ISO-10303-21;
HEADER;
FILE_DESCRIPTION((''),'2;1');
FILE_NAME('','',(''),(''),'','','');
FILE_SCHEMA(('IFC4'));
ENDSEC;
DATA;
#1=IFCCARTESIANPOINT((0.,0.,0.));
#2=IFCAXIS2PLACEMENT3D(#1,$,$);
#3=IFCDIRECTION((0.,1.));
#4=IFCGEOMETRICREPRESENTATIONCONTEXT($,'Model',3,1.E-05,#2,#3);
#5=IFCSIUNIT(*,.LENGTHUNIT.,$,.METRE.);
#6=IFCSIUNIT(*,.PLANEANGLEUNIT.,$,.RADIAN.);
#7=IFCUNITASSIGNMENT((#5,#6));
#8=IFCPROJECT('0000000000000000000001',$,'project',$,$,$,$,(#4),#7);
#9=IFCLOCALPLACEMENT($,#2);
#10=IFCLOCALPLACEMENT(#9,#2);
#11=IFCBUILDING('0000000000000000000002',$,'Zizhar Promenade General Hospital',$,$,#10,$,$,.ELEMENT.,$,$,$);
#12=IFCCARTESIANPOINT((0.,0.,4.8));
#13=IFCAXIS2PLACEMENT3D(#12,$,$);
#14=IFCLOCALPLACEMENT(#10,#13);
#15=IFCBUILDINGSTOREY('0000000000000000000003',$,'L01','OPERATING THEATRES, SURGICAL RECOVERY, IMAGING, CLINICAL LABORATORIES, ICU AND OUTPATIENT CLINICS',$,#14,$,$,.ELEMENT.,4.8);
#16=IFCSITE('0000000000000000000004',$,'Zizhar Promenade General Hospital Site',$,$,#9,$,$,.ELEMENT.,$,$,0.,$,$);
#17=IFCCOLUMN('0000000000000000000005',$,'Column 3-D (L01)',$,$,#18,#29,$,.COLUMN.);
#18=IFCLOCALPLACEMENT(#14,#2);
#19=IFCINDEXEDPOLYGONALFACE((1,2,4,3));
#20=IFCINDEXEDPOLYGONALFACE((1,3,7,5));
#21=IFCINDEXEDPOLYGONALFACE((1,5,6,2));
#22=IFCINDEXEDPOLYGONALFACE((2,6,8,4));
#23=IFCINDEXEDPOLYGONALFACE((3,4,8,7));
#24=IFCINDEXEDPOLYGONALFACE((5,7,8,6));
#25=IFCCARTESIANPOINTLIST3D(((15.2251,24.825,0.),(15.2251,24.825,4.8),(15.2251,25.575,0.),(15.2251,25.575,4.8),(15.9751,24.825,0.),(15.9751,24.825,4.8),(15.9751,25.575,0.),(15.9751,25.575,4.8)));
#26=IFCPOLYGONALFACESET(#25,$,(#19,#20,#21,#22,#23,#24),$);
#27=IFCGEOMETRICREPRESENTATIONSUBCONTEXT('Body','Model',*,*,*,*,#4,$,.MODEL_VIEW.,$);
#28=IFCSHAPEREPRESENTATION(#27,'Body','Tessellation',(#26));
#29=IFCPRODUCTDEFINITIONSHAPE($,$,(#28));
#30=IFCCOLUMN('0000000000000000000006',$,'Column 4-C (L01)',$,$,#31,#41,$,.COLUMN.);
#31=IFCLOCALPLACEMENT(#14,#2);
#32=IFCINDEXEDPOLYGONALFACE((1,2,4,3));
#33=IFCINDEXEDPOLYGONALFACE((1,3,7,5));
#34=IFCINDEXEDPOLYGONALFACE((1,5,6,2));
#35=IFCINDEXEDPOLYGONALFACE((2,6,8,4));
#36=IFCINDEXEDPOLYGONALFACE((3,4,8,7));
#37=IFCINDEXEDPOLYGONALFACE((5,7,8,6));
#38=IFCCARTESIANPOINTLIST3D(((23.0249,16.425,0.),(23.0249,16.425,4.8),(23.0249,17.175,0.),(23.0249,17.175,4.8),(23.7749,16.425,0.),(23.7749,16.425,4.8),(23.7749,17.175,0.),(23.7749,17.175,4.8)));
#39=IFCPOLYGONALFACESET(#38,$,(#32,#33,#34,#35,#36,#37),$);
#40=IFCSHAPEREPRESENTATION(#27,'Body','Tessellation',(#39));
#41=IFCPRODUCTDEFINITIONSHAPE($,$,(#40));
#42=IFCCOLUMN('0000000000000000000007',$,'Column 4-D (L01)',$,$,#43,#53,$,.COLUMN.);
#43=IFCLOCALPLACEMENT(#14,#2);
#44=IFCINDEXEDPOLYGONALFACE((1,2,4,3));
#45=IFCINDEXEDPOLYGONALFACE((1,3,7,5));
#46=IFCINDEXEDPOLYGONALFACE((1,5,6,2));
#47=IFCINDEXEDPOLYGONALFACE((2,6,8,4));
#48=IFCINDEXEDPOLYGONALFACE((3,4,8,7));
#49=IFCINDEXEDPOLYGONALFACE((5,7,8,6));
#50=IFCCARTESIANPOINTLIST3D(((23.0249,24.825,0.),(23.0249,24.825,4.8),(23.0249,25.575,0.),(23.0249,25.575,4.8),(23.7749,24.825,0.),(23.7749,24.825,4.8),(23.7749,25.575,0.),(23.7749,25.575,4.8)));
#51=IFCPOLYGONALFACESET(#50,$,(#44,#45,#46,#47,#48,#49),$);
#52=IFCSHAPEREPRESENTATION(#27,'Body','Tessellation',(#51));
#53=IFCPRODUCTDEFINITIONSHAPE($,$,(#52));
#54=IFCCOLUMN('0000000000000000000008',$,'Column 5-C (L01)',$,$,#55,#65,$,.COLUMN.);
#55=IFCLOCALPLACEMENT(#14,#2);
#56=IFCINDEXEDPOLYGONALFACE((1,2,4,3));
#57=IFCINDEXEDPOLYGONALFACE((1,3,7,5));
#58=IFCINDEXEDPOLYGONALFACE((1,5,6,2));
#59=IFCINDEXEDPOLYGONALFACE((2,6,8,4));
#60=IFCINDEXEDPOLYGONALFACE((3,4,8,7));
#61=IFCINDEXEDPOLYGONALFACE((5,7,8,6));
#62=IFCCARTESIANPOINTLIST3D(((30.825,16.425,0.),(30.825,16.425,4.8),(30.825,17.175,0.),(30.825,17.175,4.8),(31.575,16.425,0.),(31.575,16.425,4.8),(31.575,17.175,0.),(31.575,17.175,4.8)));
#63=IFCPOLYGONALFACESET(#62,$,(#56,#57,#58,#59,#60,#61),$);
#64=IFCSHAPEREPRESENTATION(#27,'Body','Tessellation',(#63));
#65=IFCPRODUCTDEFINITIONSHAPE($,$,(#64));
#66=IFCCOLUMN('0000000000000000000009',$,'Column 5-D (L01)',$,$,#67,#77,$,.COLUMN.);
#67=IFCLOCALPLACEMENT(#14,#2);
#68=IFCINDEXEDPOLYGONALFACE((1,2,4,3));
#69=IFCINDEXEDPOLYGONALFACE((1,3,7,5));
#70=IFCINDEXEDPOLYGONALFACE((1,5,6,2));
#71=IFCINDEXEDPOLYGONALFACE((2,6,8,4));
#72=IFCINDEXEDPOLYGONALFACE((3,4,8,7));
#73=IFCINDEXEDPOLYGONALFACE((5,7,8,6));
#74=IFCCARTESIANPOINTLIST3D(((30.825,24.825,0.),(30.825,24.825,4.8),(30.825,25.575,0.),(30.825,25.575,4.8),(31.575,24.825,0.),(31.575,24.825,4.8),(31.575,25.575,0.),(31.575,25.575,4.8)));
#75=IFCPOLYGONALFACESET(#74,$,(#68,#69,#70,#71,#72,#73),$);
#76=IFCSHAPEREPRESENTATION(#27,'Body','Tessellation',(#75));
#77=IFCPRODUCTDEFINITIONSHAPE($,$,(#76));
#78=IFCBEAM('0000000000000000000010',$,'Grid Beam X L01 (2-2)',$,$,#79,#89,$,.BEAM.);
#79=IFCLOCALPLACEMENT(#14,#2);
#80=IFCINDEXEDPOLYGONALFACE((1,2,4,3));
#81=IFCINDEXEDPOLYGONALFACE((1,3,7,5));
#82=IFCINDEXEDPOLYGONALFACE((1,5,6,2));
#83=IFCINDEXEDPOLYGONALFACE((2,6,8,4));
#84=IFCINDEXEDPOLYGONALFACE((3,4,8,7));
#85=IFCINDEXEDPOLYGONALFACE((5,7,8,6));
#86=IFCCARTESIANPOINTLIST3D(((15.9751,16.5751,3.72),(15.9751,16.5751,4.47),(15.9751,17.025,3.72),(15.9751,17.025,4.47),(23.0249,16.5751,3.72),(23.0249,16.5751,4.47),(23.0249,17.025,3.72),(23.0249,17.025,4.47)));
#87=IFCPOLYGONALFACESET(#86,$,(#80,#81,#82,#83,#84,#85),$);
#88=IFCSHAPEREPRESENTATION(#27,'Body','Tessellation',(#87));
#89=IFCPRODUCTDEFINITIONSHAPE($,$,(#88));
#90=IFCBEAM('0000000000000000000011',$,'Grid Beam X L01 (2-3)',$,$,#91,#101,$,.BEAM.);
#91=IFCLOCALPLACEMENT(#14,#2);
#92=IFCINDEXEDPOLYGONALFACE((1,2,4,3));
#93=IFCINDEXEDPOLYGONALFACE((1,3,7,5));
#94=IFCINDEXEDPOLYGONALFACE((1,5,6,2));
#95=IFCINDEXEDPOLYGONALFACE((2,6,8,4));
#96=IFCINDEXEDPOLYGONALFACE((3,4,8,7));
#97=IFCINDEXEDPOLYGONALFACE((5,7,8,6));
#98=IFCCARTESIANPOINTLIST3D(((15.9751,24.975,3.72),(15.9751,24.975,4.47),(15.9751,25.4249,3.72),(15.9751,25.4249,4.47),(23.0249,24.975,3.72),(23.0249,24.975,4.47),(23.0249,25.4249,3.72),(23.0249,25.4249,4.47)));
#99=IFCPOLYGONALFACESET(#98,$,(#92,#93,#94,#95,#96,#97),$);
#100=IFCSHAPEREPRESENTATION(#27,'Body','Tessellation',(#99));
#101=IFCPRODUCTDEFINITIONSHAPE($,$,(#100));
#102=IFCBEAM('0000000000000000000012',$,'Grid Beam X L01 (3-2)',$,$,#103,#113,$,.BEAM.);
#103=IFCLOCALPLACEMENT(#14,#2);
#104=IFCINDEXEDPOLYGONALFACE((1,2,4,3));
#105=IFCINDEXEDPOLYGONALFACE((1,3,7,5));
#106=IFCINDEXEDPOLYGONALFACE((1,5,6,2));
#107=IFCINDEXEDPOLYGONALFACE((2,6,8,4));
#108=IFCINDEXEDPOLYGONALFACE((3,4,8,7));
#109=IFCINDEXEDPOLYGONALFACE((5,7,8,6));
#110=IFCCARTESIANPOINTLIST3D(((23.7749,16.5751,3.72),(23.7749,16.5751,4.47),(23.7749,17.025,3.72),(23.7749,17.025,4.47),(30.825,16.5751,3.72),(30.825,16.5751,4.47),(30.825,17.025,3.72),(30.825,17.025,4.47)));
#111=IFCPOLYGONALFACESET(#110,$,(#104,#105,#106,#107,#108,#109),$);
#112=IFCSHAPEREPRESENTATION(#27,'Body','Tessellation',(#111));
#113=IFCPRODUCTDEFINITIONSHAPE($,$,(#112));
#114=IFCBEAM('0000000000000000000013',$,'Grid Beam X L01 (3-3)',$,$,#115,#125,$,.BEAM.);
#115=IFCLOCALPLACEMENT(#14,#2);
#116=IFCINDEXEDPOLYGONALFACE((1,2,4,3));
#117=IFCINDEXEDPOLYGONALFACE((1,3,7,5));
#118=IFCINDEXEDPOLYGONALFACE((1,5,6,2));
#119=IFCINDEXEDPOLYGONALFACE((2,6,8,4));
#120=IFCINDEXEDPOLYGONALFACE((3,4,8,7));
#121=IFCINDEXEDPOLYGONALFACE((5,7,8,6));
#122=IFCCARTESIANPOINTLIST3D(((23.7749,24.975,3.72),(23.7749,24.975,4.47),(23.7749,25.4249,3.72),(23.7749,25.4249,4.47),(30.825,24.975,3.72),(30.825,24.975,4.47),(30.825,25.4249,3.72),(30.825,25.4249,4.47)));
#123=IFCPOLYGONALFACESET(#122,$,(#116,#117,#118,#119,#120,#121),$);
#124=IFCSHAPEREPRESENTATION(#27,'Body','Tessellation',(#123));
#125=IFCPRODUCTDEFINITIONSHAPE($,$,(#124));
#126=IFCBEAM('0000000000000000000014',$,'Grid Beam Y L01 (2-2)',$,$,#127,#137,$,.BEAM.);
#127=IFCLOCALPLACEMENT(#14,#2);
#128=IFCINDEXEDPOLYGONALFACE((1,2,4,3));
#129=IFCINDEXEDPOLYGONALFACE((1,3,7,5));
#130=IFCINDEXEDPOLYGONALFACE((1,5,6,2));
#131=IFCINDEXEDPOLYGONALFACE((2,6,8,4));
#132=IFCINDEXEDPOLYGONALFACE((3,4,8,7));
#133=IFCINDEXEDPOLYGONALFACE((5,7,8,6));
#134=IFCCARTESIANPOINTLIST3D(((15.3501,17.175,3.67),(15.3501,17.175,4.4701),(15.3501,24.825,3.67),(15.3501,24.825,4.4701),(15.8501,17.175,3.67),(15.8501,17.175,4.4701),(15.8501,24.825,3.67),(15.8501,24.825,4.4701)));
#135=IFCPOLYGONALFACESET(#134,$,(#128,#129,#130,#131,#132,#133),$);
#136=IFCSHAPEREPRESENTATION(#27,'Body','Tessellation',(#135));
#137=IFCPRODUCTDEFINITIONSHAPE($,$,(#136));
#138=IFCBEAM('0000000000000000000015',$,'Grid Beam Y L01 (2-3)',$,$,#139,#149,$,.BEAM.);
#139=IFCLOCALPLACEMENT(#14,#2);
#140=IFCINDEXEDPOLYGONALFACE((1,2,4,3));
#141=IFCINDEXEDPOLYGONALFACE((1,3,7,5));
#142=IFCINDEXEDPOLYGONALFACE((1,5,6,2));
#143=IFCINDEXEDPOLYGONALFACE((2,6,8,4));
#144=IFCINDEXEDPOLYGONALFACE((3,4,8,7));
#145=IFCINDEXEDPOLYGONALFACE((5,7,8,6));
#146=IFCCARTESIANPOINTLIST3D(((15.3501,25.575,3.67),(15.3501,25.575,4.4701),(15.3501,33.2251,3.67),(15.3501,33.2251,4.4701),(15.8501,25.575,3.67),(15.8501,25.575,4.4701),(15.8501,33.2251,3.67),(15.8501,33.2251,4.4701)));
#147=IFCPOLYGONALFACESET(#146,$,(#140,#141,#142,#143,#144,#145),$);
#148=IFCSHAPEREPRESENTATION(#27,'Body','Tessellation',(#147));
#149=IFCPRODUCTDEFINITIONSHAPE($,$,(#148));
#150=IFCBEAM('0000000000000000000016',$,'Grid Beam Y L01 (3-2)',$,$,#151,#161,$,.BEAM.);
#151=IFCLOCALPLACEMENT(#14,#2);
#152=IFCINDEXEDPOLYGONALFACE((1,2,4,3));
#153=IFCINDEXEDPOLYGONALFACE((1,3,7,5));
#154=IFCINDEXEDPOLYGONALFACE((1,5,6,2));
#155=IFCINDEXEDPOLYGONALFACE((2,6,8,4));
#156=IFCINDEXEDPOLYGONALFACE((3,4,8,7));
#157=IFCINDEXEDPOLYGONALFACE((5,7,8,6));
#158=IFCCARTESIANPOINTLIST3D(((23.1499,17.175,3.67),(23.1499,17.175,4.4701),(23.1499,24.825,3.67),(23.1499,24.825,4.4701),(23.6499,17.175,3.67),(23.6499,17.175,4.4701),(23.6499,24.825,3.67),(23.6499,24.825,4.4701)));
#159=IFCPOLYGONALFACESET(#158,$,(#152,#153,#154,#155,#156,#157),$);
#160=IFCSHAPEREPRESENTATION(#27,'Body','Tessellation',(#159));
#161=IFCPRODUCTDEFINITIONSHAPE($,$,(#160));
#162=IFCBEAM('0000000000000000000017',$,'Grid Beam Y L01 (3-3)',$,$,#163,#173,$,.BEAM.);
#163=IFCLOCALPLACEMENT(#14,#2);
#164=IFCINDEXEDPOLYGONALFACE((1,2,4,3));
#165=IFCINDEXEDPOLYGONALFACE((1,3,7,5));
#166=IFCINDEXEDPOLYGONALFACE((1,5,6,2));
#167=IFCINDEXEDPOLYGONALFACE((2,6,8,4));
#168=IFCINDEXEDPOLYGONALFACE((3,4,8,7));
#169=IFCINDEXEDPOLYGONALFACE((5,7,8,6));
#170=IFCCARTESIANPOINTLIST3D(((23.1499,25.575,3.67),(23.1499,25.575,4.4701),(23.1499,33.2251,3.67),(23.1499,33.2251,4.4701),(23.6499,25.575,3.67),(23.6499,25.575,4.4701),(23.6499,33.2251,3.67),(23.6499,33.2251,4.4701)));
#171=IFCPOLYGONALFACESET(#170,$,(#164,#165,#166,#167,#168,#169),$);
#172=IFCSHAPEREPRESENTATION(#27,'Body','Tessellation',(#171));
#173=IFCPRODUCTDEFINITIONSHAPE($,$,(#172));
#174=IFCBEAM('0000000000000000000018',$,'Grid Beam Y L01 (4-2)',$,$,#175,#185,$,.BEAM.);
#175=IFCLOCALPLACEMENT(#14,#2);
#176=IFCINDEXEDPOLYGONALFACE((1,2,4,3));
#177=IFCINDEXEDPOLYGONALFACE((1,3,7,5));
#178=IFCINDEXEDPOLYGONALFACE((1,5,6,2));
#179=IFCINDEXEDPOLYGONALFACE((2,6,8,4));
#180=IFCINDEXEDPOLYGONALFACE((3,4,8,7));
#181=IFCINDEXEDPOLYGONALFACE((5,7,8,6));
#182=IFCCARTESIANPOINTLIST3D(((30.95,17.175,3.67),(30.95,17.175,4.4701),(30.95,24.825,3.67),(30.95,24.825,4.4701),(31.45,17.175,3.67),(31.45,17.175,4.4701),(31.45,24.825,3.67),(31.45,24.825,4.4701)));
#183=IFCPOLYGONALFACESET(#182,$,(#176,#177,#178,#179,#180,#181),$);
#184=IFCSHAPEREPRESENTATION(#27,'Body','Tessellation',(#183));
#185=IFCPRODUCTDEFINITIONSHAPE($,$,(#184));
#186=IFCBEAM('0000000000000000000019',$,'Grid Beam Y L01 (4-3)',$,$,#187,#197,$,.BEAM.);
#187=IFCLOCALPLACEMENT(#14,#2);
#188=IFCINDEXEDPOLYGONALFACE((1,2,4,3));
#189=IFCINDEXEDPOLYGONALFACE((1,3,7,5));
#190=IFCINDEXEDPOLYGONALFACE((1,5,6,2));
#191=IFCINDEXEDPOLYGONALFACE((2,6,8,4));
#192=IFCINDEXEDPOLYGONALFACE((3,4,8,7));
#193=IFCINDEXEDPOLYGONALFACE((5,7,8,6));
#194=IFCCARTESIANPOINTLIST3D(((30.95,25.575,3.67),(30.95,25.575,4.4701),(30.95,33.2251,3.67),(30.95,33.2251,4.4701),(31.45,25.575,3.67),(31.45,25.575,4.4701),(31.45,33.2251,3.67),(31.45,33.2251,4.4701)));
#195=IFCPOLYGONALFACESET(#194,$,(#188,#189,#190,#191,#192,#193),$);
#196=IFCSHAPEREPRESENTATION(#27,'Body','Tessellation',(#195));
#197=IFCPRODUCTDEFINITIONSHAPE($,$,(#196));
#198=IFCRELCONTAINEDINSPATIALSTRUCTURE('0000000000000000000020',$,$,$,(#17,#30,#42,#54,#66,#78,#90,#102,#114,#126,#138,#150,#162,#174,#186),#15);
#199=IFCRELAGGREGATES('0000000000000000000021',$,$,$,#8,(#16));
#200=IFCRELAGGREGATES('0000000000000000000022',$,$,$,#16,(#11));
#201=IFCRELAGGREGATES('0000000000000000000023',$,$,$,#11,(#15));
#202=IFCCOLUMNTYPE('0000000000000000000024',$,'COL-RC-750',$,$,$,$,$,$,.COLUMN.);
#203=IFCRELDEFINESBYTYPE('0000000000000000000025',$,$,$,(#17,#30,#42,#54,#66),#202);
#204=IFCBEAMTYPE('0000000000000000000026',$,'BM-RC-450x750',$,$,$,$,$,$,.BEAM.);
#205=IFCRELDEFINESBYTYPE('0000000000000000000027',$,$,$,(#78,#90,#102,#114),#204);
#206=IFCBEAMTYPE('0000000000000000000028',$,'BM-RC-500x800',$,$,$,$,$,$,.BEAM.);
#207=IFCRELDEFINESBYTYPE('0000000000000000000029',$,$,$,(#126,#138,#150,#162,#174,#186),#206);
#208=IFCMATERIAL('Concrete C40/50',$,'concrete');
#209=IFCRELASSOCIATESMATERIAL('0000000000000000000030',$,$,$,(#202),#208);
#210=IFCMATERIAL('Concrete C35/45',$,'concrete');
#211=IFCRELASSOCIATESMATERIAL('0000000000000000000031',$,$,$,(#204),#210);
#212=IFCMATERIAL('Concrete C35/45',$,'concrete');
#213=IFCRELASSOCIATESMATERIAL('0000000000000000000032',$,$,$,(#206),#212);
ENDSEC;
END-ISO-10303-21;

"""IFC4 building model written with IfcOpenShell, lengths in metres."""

from ifc_helpers import new_model, si_unit, direction, frame, origin, origin_2d, place, context, subcontext, project, spatial, rectangle, extrude, material, material_profile, profile_set, type_object, element, save


model = new_model("IFC4")

# Units and contexts
model_context = context("Model", 3, precision=1e-05, world=origin(), true_north=direction((0.0, 1.0)))
body_context = subcontext(model_context, "Body", "Model", "MODEL_VIEW")
ifc_project = project(units=[si_unit("LENGTHUNIT", "METRE"), si_unit("PLANEANGLEUNIT", "RADIAN")], contexts=[model_context])

# Site, building, storey
site_placement = place(None, origin())
site = spatial("IfcSite", under=ifc_project, at=site_placement, Name="Zizhar Promenade General Hospital Site", CompositionType="ELEMENT", RefElevation=0.0)
building_placement = place(site_placement, origin())
building = spatial("IfcBuilding", under=site, at=building_placement, Name="Zizhar Promenade General Hospital", CompositionType="ELEMENT")
storey_placement = place(building_placement, frame((0.0, 0.0, 4.8)))
storey = spatial("IfcBuildingStorey", under=building, at=storey_placement, Name="L01", Description="OPERATING THEATRES, SURGICAL RECOVERY, IMAGING, CLINICAL LABORATORIES, ICU AND OUTPATIENT CLINICS", CompositionType="ELEMENT", Elevation=4.8)

# Columns
ifc_material_1 = material(Name="Concrete C40/50", Category="concrete")
ifc_material_profile_1 = material_profile(ifc_material_1, rectangle(XDim=0.75, YDim=0.75, at=origin_2d()))
ifc_profile_set_1 = profile_set([ifc_material_profile_1], Name="Concrete C40/50")
column_type_1 = type_object("IfcColumnType", Name="COL-RC-750", PredefinedType="COLUMN", material=ifc_profile_set_1)
for number, where, z_axis, x_axis, name in (
    (1, (15.6001, 25.2, 0.0), (0.0, 0.0, 1.0), (1.0, 0.0, 0.0), "Column 3-D (L01)"),
    (2, (23.3999, 16.8, 0.0), (0.0, 0.0, 1.0), (1.0, 0.0, 0.0), "Column 4-C (L01)"),
    (3, (23.3999, 25.2, 0.0), (0.0, 0.0, 1.0), (1.0, 0.0, 0.0), "Column 4-D (L01)"),
    (4, (31.2, 16.8, 0.0), (0.0, 0.0, 1.0), (1.0, 0.0, 0.0), "Column 5-C (L01)"),
    (5, (31.2, 25.2, 0.0), (0.0, 0.0, 1.0), (1.0, 0.0, 0.0), "Column 5-D (L01)"),
):
    element("IfcColumn", number, at=place(storey_placement, frame(where, z_axis=z_axis, x_axis=x_axis)), inside=storey, type_object=column_type_1, Name=name, PredefinedType="COLUMN", context=body_context, shape_type="SweptSolid", body=[
        extrude(rectangle(XDim=0.75, YDim=0.75, at=origin_2d()), origin(), (0.0, 0.0, 1.0), 4.8),
    ])

# Beams
ifc_material_2 = material(Name="Concrete C35/45", Category="concrete")
ifc_material_profile_2 = material_profile(ifc_material_2, rectangle(XDim=0.45, YDim=0.75, at=origin_2d()))
ifc_profile_set_2 = profile_set([ifc_material_profile_2], Name="Concrete C35/45")
beam_type_1 = type_object("IfcBeamType", Name="BM-RC-450x750", PredefinedType="BEAM", material=ifc_profile_set_2)
for number, where, z_axis, x_axis, name in (
    (6, (15.9751, 16.8, 4.095), (1.0, 0.0, 0.0), (0.0, 1.0, 0.0), "Grid Beam X L01 (2-2)"),
    (7, (15.9751, 25.2, 4.095), (1.0, 0.0, 0.0), (0.0, 1.0, 0.0), "Grid Beam X L01 (2-3)"),
):
    element("IfcBeam", number, at=place(storey_placement, frame(where, z_axis=z_axis, x_axis=x_axis)), inside=storey, type_object=beam_type_1, Name=name, PredefinedType="BEAM", context=body_context, shape_type="SweptSolid", body=[
        extrude(rectangle(XDim=0.45, YDim=0.75, at=origin_2d()), origin(), (0.0, 0.0, 1.0), 7.0498),
    ])
for number, where, z_axis, x_axis, name in (
    (8, (23.7749, 16.8, 4.095), (1.0, 0.0, 0.0), (0.0, 1.0, 0.0), "Grid Beam X L01 (3-2)"),
    (9, (23.7749, 25.2, 4.095), (1.0, 0.0, 0.0), (0.0, 1.0, 0.0), "Grid Beam X L01 (3-3)"),
):
    element("IfcBeam", number, at=place(storey_placement, frame(where, z_axis=z_axis, x_axis=x_axis)), inside=storey, type_object=beam_type_1, Name=name, PredefinedType="BEAM", context=body_context, shape_type="SweptSolid", body=[
        extrude(rectangle(XDim=0.45, YDim=0.75, at=origin_2d()), origin(), (0.0, 0.0, 1.0), 7.05),
    ])
ifc_material_3 = material(Name="Concrete C35/45", Category="concrete")
ifc_material_profile_3 = material_profile(ifc_material_3, rectangle(XDim=0.5, YDim=0.8, at=origin_2d()))
ifc_profile_set_3 = profile_set([ifc_material_profile_3], Name="Concrete C35/45")
beam_type_2 = type_object("IfcBeamType", Name="BM-RC-500x800", PredefinedType="BEAM", material=ifc_profile_set_3)
beam_1_placement = place(storey_placement, frame((15.6001, 17.175, 4.0701), z_axis=(0.0, 1.0, 0.0), x_axis=(-1.0, 0.0, 0.0)))
element("IfcBeam", 10, at=beam_1_placement, inside=storey, type_object=beam_type_2, Name="Grid Beam Y L01 (2-2)", PredefinedType="BEAM", context=body_context, shape_type="SweptSolid", body=[
    extrude(rectangle(XDim=0.5, YDim=0.8, at=origin_2d()), origin(), (0.0, 0.0, 1.0), 7.6499),
])
beam_2_placement = place(storey_placement, frame((15.6001, 25.575, 4.0701), z_axis=(0.0, 1.0, 0.0), x_axis=(-1.0, 0.0, 0.0)))
element("IfcBeam", 11, at=beam_2_placement, inside=storey, type_object=beam_type_2, Name="Grid Beam Y L01 (2-3)", PredefinedType="BEAM", context=body_context, shape_type="SweptSolid", body=[
    extrude(rectangle(XDim=0.5, YDim=0.8, at=origin_2d()), origin(), (0.0, 0.0, 1.0), 7.6501),
])
beam_3_placement = place(storey_placement, frame((23.3999, 17.175, 4.0701), z_axis=(0.0, 1.0, 0.0), x_axis=(-1.0, 0.0, 0.0)))
element("IfcBeam", 12, at=beam_3_placement, inside=storey, type_object=beam_type_2, Name="Grid Beam Y L01 (3-2)", PredefinedType="BEAM", context=body_context, shape_type="SweptSolid", body=[
    extrude(rectangle(XDim=0.5, YDim=0.8, at=origin_2d()), origin(), (0.0, 0.0, 1.0), 7.6499),
])
beam_4_placement = place(storey_placement, frame((23.3999, 25.575, 4.0701), z_axis=(0.0, 1.0, 0.0), x_axis=(-1.0, 0.0, 0.0)))
element("IfcBeam", 13, at=beam_4_placement, inside=storey, type_object=beam_type_2, Name="Grid Beam Y L01 (3-3)", PredefinedType="BEAM", context=body_context, shape_type="SweptSolid", body=[
    extrude(rectangle(XDim=0.5, YDim=0.8, at=origin_2d()), origin(), (0.0, 0.0, 1.0), 7.6501),
])
beam_5_placement = place(storey_placement, frame((31.2, 17.175, 4.0701), z_axis=(0.0, 1.0, 0.0), x_axis=(-1.0, 0.0, 0.0)))
element("IfcBeam", 14, at=beam_5_placement, inside=storey, type_object=beam_type_2, Name="Grid Beam Y L01 (4-2)", PredefinedType="BEAM", context=body_context, shape_type="SweptSolid", body=[
    extrude(rectangle(XDim=0.5, YDim=0.8, at=origin_2d()), origin(), (0.0, 0.0, 1.0), 7.6499),
])
beam_6_placement = place(storey_placement, frame((31.2, 25.575, 4.0701), z_axis=(0.0, 1.0, 0.0), x_axis=(-1.0, 0.0, 0.0)))
element("IfcBeam", 15, at=beam_6_placement, inside=storey, type_object=beam_type_2, Name="Grid Beam Y L01 (4-3)", PredefinedType="BEAM", context=body_context, shape_type="SweptSolid", body=[
    extrude(rectangle(XDim=0.5, YDim=0.8, at=origin_2d()), origin(), (0.0, 0.0, 1.0), 7.6501),
])

save(model, "model.ifc")
